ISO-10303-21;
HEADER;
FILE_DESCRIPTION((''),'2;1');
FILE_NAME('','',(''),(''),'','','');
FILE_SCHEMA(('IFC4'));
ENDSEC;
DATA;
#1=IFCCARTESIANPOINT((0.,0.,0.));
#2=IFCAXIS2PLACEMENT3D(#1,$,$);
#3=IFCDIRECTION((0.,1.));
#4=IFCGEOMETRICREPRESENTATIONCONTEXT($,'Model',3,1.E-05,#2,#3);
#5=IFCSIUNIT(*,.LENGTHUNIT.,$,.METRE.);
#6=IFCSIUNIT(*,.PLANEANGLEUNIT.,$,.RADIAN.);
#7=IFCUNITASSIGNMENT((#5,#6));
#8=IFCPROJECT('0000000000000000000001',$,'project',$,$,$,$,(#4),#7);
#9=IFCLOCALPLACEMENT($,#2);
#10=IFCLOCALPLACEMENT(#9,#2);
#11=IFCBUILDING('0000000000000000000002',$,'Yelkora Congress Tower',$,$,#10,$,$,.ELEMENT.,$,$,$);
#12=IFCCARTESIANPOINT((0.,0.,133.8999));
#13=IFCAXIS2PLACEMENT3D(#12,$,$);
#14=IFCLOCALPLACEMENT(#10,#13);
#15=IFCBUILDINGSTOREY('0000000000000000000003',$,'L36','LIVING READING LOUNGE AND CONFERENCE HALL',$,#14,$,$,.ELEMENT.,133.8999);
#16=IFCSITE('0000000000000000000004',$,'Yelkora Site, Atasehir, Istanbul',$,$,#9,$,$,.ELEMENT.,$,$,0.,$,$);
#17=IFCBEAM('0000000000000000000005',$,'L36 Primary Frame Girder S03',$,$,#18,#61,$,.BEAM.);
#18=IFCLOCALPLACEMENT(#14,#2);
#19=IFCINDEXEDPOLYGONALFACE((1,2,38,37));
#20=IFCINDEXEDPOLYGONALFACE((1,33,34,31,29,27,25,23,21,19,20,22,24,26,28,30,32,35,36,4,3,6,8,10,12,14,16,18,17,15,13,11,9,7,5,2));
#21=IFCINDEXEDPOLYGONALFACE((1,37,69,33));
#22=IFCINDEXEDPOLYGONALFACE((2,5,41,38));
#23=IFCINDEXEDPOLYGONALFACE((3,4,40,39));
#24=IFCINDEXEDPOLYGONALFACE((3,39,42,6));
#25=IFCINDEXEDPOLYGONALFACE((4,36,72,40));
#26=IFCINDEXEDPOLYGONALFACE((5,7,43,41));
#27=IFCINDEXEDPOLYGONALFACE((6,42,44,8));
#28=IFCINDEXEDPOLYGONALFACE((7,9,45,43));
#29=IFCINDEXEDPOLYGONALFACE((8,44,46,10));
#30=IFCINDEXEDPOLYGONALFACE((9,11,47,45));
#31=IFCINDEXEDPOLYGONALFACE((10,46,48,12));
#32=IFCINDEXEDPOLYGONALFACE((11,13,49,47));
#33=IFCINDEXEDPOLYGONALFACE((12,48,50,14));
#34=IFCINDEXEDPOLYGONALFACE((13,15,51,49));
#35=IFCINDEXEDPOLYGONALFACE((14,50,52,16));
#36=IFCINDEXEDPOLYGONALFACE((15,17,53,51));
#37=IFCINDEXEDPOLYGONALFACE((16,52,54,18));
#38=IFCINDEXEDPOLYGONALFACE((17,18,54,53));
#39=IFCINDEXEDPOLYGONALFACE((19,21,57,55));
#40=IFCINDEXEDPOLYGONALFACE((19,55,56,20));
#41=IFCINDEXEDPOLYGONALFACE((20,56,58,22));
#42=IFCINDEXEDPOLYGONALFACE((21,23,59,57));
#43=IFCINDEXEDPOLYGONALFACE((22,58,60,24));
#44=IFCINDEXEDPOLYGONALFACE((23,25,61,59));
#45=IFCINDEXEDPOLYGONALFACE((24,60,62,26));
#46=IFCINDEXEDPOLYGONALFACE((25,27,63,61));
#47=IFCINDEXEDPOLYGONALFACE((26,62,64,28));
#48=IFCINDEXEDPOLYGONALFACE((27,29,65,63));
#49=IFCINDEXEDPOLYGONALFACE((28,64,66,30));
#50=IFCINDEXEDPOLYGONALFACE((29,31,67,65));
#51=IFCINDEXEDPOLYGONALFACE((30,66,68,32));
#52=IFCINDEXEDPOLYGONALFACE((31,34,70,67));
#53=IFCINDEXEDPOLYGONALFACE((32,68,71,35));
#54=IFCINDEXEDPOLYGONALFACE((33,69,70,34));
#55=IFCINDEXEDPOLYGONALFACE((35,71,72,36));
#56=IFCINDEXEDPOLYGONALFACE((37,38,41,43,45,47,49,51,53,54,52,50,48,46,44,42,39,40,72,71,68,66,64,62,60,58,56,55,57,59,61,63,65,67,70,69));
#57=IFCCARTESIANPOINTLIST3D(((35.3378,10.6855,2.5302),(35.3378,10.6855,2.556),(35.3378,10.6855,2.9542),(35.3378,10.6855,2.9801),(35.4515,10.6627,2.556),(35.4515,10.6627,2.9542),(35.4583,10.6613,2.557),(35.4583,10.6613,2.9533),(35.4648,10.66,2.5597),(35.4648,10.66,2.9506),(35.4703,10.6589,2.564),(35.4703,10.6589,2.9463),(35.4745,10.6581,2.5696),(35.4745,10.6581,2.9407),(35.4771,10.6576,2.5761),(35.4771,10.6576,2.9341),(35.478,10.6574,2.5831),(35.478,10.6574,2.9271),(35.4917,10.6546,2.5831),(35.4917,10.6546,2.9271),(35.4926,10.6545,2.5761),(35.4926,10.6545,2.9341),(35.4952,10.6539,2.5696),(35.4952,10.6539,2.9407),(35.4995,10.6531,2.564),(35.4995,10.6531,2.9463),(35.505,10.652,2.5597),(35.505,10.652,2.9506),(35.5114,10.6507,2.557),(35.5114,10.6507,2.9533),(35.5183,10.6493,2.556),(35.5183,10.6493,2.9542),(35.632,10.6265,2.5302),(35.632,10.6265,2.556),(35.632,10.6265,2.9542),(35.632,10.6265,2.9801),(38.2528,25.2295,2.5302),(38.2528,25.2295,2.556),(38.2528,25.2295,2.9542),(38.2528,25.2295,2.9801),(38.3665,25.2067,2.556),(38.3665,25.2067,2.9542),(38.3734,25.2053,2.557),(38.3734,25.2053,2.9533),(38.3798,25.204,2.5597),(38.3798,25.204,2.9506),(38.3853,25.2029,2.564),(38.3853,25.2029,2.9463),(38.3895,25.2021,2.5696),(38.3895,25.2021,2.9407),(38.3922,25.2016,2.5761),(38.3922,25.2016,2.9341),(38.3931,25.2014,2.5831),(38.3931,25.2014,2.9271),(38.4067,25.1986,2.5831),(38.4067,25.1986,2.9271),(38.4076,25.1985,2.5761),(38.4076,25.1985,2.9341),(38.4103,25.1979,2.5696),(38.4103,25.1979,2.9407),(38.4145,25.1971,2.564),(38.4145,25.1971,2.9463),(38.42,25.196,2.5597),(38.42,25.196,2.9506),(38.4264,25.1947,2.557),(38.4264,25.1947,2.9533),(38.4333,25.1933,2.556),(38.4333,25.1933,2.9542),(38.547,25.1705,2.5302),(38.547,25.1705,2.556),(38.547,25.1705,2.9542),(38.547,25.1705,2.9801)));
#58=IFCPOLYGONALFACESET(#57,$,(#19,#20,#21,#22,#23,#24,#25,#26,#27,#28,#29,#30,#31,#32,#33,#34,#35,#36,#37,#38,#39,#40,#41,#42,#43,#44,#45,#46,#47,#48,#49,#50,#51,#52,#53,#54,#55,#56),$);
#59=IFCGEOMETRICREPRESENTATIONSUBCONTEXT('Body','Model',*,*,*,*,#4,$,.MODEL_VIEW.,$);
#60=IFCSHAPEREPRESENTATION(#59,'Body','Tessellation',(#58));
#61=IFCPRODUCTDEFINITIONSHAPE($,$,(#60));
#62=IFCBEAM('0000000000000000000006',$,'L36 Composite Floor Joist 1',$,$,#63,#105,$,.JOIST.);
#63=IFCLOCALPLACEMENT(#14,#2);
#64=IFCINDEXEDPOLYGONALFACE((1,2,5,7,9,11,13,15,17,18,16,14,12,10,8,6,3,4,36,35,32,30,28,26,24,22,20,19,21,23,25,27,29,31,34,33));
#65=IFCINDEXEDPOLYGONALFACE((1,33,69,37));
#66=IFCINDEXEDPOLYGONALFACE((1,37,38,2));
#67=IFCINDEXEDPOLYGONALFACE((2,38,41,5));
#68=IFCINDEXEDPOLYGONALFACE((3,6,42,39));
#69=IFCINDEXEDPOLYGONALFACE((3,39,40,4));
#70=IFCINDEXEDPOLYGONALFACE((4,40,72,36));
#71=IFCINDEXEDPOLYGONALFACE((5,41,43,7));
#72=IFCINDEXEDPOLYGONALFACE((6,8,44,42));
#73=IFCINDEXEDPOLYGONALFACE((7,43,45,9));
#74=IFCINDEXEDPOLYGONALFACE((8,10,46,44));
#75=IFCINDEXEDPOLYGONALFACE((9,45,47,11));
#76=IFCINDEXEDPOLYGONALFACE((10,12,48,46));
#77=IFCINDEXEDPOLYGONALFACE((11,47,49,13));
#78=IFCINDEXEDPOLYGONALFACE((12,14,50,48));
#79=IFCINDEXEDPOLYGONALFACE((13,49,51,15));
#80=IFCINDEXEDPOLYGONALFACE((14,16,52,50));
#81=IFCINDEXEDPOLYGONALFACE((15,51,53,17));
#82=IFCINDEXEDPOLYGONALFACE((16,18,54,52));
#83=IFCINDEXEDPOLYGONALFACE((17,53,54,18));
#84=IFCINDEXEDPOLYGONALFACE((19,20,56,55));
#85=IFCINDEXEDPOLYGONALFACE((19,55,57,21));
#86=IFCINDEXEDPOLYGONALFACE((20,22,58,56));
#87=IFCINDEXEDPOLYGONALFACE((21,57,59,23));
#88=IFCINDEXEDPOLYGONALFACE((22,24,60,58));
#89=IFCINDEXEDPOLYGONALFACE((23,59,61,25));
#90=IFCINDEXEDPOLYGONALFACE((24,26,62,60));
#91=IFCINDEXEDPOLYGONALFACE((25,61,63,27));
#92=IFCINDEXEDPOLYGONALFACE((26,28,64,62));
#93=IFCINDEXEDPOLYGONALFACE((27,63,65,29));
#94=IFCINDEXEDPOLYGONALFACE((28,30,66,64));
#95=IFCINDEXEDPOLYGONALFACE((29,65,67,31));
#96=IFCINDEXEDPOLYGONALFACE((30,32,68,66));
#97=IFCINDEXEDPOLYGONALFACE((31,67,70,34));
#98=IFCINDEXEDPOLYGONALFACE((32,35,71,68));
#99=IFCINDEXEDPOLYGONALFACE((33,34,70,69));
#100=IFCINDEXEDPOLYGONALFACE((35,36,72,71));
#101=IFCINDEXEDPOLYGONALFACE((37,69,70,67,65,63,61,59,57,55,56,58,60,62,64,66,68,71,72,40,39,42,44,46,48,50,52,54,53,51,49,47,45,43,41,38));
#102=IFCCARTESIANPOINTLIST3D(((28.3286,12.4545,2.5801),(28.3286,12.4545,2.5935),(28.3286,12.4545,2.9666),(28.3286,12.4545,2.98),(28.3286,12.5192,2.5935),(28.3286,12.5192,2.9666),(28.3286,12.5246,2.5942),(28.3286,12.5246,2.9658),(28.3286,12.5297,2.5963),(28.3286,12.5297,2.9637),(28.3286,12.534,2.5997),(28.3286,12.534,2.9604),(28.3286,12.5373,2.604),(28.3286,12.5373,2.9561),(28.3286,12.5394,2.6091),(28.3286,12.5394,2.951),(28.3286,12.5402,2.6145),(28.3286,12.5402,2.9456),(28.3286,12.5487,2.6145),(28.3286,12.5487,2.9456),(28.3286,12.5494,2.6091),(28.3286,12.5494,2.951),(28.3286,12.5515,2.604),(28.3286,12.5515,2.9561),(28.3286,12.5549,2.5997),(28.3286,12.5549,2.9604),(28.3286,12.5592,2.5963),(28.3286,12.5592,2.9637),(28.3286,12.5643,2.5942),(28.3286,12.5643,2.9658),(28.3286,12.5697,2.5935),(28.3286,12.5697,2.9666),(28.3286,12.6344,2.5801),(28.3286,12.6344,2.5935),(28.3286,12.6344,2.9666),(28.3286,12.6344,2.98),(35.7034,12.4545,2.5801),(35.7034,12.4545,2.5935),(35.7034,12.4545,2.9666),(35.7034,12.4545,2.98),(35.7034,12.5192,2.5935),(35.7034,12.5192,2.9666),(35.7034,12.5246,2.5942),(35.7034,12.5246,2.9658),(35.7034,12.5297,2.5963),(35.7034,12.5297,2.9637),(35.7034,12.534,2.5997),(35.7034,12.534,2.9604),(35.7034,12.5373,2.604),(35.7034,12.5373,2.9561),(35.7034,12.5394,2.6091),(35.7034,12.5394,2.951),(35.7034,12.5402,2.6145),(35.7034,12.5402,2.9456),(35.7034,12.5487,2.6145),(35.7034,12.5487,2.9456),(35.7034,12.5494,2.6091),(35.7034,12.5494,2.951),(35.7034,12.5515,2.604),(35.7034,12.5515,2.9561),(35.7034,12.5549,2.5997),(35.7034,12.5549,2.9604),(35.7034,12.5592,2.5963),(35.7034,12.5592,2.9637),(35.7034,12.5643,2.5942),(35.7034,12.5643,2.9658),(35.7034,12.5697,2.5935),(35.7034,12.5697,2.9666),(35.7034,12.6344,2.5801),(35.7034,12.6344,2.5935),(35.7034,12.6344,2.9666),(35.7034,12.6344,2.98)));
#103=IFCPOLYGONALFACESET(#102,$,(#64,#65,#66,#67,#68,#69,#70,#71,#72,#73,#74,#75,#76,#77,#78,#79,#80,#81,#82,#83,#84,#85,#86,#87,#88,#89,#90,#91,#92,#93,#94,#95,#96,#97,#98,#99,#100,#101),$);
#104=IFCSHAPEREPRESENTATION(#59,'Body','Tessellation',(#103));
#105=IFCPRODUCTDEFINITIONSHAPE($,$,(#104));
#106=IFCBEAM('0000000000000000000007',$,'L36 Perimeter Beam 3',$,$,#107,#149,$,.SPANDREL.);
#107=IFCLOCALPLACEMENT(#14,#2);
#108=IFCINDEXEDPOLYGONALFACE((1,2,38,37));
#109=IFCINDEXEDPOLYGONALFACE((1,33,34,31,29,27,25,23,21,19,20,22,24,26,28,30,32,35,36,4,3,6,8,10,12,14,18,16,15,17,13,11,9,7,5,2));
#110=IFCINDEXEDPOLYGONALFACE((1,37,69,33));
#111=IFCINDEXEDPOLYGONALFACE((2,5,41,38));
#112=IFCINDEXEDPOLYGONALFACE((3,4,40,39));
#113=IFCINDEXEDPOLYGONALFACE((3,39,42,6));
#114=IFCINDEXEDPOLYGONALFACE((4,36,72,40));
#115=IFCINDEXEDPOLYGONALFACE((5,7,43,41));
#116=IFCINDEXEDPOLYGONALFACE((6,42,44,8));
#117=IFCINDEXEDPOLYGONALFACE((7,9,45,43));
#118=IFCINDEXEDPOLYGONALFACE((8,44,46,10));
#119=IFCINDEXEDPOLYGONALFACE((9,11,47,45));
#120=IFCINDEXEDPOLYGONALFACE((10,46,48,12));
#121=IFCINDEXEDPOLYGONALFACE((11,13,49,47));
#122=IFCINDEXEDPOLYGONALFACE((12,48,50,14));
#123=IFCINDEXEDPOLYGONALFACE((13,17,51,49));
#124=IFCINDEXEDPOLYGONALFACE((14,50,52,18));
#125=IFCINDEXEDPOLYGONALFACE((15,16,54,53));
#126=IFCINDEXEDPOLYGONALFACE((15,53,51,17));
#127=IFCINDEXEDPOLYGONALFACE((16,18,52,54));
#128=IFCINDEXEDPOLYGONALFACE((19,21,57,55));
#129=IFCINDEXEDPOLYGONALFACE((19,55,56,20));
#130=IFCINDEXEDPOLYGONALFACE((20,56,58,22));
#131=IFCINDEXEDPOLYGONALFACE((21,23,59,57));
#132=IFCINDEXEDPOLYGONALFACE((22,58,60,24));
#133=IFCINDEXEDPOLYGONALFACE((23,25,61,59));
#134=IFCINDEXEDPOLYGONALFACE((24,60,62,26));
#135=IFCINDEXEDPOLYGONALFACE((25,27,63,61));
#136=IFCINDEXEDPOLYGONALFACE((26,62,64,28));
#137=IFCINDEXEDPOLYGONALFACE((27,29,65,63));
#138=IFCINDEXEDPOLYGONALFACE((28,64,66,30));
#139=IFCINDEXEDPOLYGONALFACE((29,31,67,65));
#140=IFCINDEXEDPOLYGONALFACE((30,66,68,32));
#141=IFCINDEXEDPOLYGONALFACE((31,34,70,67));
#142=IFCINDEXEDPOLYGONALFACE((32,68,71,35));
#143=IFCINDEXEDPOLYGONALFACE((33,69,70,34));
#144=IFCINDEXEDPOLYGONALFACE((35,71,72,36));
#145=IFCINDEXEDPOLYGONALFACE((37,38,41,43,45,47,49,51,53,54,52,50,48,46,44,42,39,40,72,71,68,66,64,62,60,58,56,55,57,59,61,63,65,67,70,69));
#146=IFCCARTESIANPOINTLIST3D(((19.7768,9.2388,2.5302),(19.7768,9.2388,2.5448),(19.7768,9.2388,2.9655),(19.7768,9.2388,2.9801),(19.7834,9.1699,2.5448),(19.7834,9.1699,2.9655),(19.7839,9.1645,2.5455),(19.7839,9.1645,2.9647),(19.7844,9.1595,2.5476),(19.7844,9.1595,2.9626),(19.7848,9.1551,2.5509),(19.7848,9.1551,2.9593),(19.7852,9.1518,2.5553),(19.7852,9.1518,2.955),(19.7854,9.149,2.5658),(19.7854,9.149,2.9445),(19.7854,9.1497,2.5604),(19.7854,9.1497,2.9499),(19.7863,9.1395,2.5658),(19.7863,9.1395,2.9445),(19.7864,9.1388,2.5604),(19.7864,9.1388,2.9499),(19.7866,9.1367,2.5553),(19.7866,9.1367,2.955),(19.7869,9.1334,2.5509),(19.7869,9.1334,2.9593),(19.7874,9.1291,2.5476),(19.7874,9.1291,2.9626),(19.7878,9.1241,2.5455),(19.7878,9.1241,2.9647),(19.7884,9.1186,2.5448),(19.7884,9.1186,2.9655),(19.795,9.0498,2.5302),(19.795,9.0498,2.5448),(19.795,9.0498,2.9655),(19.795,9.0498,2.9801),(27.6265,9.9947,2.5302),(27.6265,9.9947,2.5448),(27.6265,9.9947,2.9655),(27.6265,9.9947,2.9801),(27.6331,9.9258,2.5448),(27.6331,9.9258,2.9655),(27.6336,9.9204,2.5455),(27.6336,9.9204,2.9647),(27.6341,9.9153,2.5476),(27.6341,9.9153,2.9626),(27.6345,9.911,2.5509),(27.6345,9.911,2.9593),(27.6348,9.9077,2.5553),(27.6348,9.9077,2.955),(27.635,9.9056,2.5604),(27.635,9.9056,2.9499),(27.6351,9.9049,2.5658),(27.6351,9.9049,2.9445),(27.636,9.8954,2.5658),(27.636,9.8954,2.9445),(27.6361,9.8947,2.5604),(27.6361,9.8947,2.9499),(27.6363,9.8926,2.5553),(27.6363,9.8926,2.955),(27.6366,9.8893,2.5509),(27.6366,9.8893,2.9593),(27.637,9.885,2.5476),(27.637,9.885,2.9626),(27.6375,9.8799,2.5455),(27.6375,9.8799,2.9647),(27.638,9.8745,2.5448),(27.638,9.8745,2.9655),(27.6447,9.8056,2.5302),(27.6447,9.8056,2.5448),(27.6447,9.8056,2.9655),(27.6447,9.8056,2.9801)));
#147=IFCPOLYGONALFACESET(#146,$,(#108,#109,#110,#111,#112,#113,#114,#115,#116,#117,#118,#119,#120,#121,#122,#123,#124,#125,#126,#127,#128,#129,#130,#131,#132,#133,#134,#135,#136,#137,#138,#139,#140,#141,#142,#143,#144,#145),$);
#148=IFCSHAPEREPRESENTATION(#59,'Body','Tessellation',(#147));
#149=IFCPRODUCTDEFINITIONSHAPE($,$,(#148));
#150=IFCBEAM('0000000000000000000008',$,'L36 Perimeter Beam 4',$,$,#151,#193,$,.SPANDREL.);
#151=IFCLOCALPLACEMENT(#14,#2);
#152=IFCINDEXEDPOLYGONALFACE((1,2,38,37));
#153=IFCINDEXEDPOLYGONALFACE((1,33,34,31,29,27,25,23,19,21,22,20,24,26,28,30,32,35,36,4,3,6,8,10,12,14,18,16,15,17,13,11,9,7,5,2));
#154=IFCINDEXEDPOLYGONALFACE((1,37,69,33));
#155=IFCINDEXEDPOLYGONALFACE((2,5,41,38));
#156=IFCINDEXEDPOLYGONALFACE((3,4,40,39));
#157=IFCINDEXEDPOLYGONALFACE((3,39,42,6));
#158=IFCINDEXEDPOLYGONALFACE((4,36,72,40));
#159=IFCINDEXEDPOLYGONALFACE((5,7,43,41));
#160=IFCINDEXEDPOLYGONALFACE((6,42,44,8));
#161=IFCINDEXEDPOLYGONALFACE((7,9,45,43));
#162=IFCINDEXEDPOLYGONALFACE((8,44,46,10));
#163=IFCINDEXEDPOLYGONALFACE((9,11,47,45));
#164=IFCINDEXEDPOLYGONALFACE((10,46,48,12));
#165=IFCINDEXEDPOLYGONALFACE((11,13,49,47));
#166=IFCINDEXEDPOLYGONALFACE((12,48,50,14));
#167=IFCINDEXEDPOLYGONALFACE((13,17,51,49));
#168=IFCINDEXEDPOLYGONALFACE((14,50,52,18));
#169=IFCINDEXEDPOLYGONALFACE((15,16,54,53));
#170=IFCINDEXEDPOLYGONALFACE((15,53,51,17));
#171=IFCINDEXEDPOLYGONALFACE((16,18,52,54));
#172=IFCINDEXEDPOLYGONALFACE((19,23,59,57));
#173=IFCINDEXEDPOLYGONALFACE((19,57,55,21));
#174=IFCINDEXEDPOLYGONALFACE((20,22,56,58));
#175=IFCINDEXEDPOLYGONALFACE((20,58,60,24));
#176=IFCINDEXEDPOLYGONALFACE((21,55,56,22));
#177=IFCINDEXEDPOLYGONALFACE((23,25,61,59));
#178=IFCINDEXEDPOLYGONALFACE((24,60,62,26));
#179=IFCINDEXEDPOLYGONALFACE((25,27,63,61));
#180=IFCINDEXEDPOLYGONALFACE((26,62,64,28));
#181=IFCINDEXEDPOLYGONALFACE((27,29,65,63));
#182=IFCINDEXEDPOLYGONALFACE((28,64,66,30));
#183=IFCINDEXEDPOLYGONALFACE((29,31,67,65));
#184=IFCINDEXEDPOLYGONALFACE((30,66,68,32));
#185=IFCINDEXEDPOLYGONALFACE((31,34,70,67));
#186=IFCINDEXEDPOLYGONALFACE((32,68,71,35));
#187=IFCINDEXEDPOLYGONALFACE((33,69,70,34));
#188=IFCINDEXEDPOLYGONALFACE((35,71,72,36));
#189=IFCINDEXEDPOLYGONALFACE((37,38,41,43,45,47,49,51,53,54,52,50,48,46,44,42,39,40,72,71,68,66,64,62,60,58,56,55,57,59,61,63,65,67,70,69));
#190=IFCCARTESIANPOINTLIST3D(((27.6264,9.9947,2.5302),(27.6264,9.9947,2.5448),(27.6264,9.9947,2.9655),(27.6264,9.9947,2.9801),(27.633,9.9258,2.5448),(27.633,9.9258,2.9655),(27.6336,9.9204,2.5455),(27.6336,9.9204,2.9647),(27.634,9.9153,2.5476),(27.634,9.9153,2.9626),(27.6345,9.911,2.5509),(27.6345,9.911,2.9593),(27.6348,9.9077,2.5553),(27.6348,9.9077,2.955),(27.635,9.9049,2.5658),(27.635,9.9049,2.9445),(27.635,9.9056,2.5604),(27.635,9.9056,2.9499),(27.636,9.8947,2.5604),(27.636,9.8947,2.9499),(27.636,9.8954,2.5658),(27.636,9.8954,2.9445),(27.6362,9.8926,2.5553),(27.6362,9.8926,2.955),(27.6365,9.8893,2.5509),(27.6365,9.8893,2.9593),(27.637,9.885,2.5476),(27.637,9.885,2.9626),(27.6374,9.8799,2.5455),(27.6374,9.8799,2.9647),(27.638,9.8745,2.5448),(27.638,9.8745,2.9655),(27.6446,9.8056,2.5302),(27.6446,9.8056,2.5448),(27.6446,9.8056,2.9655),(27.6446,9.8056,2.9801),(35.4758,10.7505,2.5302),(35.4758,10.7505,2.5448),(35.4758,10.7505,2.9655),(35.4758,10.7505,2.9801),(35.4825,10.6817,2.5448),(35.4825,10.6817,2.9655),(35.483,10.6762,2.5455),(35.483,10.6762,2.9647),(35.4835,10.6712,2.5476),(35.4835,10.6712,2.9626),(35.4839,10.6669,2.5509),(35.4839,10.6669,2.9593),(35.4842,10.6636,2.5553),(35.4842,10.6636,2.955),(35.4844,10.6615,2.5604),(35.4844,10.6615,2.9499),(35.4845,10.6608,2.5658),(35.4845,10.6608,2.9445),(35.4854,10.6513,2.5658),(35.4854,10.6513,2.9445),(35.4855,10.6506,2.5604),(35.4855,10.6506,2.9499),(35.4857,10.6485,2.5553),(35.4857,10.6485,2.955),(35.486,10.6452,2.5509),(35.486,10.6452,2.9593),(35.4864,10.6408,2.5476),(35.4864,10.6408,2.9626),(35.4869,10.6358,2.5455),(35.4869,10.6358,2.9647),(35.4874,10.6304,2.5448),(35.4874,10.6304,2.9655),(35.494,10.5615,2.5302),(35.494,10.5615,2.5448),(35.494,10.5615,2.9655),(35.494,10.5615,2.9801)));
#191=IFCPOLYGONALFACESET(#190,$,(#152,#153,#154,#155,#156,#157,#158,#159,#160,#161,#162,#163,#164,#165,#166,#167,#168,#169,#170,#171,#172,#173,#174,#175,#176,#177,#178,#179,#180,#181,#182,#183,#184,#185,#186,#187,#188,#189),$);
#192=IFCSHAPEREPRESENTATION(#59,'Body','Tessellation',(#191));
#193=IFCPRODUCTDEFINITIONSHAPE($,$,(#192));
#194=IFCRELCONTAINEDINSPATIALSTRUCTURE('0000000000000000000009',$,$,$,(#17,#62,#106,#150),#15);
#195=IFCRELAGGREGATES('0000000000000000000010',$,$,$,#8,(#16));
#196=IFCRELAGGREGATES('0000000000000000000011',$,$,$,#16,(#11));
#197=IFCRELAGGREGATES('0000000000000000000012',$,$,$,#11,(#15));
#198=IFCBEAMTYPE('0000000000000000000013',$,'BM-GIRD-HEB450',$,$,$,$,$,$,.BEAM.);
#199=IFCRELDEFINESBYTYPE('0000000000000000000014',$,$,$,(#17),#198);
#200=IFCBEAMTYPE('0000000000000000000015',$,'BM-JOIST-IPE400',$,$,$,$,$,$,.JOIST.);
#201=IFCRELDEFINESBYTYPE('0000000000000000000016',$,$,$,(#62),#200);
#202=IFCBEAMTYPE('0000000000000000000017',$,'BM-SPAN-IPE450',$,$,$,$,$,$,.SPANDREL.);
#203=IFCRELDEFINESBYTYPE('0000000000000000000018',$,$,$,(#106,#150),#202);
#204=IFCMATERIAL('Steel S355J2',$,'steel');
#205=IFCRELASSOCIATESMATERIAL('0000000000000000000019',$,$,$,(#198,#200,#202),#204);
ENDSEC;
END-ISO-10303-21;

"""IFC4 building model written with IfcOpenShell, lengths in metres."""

from ifc_helpers import new_model, si_unit, direction, frame, origin, origin_2d, place, context, subcontext, project, spatial, i_section, extrude, material, material_profile, profile_set, type_object, element, save


model = new_model("IFC4")

# Units and contexts
model_context = context("Model", 3, precision=1e-05, world=origin(), true_north=direction((0.0, 1.0)))
body_context = subcontext(model_context, "Body", "Model", "MODEL_VIEW")
ifc_project = project(units=[si_unit("LENGTHUNIT", "METRE"), si_unit("PLANEANGLEUNIT", "RADIAN")], contexts=[model_context])

# Site, building, storey
site_placement = place(None, origin())
site = spatial("IfcSite", under=ifc_project, at=site_placement, Name="Yelkora Site, Atasehir, Istanbul", CompositionType="ELEMENT", RefElevation=0.0)
building_placement = place(site_placement, origin())
building = spatial("IfcBuilding", under=site, at=building_placement, Name="Yelkora Congress Tower", CompositionType="ELEMENT")
storey_placement = place(building_placement, frame((0.0, 0.0, 133.8999)))
storey = spatial("IfcBuildingStorey", under=building, at=storey_placement, Name="L36", Description="LIVING READING LOUNGE AND CONFERENCE HALL", CompositionType="ELEMENT", Elevation=133.8999)

# Beams
ifc_material_1 = material(Name="Steel S355J2", Category="steel")
ifc_material_profile_1 = material_profile(ifc_material_1, i_section(OverallWidth=0.3, OverallDepth=0.45, WebThickness=0.0139, FlangeThickness=0.0259, FilletRadius=0.0271, at=origin_2d()), Name="HEB 450")
ifc_profile_set_1 = profile_set([ifc_material_profile_1], Name="Steel S355J2")
beam_type_1 = type_object("IfcBeamType", Name="BM-GIRD-HEB450", PredefinedType="BEAM", material=ifc_profile_set_1)
beam_1_placement = place(storey_placement, frame((35.4849, 10.656, 2.7551), z_axis=(0.196521, 0.9805, 0.0), x_axis=(-0.9805, 0.196521, 0.0)))
element("IfcBeam", 1, at=beam_1_placement, inside=storey, type_object=beam_type_1, Name="L36 Primary Frame Girder S03", PredefinedType="BEAM", context=body_context, shape_type="SweptSolid", body=[
    extrude(i_section(OverallWidth=0.3, OverallDepth=0.45, WebThickness=0.0139, FlangeThickness=0.0259, FilletRadius=0.0271, at=origin_2d()), origin(), (0.0, 0.0, 1.0), 14.8333),
])
ifc_material_profile_2 = material_profile(ifc_material_1, i_section(OverallWidth=0.1799, OverallDepth=0.3999, WebThickness=0.0085, FlangeThickness=0.0134, FilletRadius=0.021, at=origin_2d()), Name="IPE 400")
ifc_profile_set_2 = profile_set([ifc_material_profile_2], Name="Steel S355J2")
beam_type_2 = type_object("IfcBeamType", Name="BM-JOIST-IPE400", PredefinedType="JOIST", material=ifc_profile_set_2)
beam_2_placement = place(storey_placement, frame((28.3286, 12.5444, 2.78), z_axis=(1.0, 0.0, 0.0), x_axis=(0.0, 1.0, 0.0)))
element("IfcBeam", 2, at=beam_2_placement, inside=storey, type_object=beam_type_2, Name="L36 Composite Floor Joist 1", PredefinedType="JOIST", context=body_context, shape_type="SweptSolid", body=[
    extrude(i_section(OverallWidth=0.1799, OverallDepth=0.3999, WebThickness=0.0085, FlangeThickness=0.0134, FilletRadius=0.021, at=origin_2d()), origin(), (0.0, 0.0, 1.0), 7.3748),
])
ifc_material_profile_3 = material_profile(ifc_material_1, i_section(OverallWidth=0.1899, OverallDepth=0.45, WebThickness=0.0095, FlangeThickness=0.0146, FilletRadius=0.021, at=origin_2d()), Name="IPE 450")
ifc_profile_set_3 = profile_set([ifc_material_profile_3], Name="Steel S355J2")
beam_type_3 = type_object("IfcBeamType", Name="BM-SPAN-IPE450", PredefinedType="SPANDREL", material=ifc_profile_set_3)
beam_3_placement = place(storey_placement, frame((19.7859, 9.1443, 2.7551), z_axis=(0.995396, 0.095849, 0.0), x_axis=(-0.095849, 0.995396, 0.0)))
element("IfcBeam", 3, at=beam_3_placement, inside=storey, type_object=beam_type_3, Name="L36 Perimeter Beam 3", PredefinedType="SPANDREL", context=body_context, shape_type="SweptSolid", body=[
    extrude(i_section(OverallWidth=0.1899, OverallDepth=0.45, WebThickness=0.0095, FlangeThickness=0.0146, FilletRadius=0.021, at=origin_2d()), origin(), (0.0, 0.0, 1.0), 7.886),
])
for number, where, z_axis, x_axis, name in (
    (4, (27.6355, 9.9001, 2.7551), (0.995396, 0.095852, 0.0), (-0.095852, 0.995396, 0.0), "L36 Perimeter Beam 4"),
):
    element("IfcBeam", number, at=place(storey_placement, frame(where, z_axis=z_axis, x_axis=x_axis)), inside=storey, type_object=beam_type_3, Name=name, PredefinedType="SPANDREL", context=body_context, shape_type="SweptSolid", body=[
        extrude(i_section(OverallWidth=0.1899, OverallDepth=0.45, WebThickness=0.0095, FlangeThickness=0.0146, FilletRadius=0.021, at=origin_2d()), origin(), (0.0, 0.0, 1.0), 7.8857),
    ])

save(model, "model.ifc")
